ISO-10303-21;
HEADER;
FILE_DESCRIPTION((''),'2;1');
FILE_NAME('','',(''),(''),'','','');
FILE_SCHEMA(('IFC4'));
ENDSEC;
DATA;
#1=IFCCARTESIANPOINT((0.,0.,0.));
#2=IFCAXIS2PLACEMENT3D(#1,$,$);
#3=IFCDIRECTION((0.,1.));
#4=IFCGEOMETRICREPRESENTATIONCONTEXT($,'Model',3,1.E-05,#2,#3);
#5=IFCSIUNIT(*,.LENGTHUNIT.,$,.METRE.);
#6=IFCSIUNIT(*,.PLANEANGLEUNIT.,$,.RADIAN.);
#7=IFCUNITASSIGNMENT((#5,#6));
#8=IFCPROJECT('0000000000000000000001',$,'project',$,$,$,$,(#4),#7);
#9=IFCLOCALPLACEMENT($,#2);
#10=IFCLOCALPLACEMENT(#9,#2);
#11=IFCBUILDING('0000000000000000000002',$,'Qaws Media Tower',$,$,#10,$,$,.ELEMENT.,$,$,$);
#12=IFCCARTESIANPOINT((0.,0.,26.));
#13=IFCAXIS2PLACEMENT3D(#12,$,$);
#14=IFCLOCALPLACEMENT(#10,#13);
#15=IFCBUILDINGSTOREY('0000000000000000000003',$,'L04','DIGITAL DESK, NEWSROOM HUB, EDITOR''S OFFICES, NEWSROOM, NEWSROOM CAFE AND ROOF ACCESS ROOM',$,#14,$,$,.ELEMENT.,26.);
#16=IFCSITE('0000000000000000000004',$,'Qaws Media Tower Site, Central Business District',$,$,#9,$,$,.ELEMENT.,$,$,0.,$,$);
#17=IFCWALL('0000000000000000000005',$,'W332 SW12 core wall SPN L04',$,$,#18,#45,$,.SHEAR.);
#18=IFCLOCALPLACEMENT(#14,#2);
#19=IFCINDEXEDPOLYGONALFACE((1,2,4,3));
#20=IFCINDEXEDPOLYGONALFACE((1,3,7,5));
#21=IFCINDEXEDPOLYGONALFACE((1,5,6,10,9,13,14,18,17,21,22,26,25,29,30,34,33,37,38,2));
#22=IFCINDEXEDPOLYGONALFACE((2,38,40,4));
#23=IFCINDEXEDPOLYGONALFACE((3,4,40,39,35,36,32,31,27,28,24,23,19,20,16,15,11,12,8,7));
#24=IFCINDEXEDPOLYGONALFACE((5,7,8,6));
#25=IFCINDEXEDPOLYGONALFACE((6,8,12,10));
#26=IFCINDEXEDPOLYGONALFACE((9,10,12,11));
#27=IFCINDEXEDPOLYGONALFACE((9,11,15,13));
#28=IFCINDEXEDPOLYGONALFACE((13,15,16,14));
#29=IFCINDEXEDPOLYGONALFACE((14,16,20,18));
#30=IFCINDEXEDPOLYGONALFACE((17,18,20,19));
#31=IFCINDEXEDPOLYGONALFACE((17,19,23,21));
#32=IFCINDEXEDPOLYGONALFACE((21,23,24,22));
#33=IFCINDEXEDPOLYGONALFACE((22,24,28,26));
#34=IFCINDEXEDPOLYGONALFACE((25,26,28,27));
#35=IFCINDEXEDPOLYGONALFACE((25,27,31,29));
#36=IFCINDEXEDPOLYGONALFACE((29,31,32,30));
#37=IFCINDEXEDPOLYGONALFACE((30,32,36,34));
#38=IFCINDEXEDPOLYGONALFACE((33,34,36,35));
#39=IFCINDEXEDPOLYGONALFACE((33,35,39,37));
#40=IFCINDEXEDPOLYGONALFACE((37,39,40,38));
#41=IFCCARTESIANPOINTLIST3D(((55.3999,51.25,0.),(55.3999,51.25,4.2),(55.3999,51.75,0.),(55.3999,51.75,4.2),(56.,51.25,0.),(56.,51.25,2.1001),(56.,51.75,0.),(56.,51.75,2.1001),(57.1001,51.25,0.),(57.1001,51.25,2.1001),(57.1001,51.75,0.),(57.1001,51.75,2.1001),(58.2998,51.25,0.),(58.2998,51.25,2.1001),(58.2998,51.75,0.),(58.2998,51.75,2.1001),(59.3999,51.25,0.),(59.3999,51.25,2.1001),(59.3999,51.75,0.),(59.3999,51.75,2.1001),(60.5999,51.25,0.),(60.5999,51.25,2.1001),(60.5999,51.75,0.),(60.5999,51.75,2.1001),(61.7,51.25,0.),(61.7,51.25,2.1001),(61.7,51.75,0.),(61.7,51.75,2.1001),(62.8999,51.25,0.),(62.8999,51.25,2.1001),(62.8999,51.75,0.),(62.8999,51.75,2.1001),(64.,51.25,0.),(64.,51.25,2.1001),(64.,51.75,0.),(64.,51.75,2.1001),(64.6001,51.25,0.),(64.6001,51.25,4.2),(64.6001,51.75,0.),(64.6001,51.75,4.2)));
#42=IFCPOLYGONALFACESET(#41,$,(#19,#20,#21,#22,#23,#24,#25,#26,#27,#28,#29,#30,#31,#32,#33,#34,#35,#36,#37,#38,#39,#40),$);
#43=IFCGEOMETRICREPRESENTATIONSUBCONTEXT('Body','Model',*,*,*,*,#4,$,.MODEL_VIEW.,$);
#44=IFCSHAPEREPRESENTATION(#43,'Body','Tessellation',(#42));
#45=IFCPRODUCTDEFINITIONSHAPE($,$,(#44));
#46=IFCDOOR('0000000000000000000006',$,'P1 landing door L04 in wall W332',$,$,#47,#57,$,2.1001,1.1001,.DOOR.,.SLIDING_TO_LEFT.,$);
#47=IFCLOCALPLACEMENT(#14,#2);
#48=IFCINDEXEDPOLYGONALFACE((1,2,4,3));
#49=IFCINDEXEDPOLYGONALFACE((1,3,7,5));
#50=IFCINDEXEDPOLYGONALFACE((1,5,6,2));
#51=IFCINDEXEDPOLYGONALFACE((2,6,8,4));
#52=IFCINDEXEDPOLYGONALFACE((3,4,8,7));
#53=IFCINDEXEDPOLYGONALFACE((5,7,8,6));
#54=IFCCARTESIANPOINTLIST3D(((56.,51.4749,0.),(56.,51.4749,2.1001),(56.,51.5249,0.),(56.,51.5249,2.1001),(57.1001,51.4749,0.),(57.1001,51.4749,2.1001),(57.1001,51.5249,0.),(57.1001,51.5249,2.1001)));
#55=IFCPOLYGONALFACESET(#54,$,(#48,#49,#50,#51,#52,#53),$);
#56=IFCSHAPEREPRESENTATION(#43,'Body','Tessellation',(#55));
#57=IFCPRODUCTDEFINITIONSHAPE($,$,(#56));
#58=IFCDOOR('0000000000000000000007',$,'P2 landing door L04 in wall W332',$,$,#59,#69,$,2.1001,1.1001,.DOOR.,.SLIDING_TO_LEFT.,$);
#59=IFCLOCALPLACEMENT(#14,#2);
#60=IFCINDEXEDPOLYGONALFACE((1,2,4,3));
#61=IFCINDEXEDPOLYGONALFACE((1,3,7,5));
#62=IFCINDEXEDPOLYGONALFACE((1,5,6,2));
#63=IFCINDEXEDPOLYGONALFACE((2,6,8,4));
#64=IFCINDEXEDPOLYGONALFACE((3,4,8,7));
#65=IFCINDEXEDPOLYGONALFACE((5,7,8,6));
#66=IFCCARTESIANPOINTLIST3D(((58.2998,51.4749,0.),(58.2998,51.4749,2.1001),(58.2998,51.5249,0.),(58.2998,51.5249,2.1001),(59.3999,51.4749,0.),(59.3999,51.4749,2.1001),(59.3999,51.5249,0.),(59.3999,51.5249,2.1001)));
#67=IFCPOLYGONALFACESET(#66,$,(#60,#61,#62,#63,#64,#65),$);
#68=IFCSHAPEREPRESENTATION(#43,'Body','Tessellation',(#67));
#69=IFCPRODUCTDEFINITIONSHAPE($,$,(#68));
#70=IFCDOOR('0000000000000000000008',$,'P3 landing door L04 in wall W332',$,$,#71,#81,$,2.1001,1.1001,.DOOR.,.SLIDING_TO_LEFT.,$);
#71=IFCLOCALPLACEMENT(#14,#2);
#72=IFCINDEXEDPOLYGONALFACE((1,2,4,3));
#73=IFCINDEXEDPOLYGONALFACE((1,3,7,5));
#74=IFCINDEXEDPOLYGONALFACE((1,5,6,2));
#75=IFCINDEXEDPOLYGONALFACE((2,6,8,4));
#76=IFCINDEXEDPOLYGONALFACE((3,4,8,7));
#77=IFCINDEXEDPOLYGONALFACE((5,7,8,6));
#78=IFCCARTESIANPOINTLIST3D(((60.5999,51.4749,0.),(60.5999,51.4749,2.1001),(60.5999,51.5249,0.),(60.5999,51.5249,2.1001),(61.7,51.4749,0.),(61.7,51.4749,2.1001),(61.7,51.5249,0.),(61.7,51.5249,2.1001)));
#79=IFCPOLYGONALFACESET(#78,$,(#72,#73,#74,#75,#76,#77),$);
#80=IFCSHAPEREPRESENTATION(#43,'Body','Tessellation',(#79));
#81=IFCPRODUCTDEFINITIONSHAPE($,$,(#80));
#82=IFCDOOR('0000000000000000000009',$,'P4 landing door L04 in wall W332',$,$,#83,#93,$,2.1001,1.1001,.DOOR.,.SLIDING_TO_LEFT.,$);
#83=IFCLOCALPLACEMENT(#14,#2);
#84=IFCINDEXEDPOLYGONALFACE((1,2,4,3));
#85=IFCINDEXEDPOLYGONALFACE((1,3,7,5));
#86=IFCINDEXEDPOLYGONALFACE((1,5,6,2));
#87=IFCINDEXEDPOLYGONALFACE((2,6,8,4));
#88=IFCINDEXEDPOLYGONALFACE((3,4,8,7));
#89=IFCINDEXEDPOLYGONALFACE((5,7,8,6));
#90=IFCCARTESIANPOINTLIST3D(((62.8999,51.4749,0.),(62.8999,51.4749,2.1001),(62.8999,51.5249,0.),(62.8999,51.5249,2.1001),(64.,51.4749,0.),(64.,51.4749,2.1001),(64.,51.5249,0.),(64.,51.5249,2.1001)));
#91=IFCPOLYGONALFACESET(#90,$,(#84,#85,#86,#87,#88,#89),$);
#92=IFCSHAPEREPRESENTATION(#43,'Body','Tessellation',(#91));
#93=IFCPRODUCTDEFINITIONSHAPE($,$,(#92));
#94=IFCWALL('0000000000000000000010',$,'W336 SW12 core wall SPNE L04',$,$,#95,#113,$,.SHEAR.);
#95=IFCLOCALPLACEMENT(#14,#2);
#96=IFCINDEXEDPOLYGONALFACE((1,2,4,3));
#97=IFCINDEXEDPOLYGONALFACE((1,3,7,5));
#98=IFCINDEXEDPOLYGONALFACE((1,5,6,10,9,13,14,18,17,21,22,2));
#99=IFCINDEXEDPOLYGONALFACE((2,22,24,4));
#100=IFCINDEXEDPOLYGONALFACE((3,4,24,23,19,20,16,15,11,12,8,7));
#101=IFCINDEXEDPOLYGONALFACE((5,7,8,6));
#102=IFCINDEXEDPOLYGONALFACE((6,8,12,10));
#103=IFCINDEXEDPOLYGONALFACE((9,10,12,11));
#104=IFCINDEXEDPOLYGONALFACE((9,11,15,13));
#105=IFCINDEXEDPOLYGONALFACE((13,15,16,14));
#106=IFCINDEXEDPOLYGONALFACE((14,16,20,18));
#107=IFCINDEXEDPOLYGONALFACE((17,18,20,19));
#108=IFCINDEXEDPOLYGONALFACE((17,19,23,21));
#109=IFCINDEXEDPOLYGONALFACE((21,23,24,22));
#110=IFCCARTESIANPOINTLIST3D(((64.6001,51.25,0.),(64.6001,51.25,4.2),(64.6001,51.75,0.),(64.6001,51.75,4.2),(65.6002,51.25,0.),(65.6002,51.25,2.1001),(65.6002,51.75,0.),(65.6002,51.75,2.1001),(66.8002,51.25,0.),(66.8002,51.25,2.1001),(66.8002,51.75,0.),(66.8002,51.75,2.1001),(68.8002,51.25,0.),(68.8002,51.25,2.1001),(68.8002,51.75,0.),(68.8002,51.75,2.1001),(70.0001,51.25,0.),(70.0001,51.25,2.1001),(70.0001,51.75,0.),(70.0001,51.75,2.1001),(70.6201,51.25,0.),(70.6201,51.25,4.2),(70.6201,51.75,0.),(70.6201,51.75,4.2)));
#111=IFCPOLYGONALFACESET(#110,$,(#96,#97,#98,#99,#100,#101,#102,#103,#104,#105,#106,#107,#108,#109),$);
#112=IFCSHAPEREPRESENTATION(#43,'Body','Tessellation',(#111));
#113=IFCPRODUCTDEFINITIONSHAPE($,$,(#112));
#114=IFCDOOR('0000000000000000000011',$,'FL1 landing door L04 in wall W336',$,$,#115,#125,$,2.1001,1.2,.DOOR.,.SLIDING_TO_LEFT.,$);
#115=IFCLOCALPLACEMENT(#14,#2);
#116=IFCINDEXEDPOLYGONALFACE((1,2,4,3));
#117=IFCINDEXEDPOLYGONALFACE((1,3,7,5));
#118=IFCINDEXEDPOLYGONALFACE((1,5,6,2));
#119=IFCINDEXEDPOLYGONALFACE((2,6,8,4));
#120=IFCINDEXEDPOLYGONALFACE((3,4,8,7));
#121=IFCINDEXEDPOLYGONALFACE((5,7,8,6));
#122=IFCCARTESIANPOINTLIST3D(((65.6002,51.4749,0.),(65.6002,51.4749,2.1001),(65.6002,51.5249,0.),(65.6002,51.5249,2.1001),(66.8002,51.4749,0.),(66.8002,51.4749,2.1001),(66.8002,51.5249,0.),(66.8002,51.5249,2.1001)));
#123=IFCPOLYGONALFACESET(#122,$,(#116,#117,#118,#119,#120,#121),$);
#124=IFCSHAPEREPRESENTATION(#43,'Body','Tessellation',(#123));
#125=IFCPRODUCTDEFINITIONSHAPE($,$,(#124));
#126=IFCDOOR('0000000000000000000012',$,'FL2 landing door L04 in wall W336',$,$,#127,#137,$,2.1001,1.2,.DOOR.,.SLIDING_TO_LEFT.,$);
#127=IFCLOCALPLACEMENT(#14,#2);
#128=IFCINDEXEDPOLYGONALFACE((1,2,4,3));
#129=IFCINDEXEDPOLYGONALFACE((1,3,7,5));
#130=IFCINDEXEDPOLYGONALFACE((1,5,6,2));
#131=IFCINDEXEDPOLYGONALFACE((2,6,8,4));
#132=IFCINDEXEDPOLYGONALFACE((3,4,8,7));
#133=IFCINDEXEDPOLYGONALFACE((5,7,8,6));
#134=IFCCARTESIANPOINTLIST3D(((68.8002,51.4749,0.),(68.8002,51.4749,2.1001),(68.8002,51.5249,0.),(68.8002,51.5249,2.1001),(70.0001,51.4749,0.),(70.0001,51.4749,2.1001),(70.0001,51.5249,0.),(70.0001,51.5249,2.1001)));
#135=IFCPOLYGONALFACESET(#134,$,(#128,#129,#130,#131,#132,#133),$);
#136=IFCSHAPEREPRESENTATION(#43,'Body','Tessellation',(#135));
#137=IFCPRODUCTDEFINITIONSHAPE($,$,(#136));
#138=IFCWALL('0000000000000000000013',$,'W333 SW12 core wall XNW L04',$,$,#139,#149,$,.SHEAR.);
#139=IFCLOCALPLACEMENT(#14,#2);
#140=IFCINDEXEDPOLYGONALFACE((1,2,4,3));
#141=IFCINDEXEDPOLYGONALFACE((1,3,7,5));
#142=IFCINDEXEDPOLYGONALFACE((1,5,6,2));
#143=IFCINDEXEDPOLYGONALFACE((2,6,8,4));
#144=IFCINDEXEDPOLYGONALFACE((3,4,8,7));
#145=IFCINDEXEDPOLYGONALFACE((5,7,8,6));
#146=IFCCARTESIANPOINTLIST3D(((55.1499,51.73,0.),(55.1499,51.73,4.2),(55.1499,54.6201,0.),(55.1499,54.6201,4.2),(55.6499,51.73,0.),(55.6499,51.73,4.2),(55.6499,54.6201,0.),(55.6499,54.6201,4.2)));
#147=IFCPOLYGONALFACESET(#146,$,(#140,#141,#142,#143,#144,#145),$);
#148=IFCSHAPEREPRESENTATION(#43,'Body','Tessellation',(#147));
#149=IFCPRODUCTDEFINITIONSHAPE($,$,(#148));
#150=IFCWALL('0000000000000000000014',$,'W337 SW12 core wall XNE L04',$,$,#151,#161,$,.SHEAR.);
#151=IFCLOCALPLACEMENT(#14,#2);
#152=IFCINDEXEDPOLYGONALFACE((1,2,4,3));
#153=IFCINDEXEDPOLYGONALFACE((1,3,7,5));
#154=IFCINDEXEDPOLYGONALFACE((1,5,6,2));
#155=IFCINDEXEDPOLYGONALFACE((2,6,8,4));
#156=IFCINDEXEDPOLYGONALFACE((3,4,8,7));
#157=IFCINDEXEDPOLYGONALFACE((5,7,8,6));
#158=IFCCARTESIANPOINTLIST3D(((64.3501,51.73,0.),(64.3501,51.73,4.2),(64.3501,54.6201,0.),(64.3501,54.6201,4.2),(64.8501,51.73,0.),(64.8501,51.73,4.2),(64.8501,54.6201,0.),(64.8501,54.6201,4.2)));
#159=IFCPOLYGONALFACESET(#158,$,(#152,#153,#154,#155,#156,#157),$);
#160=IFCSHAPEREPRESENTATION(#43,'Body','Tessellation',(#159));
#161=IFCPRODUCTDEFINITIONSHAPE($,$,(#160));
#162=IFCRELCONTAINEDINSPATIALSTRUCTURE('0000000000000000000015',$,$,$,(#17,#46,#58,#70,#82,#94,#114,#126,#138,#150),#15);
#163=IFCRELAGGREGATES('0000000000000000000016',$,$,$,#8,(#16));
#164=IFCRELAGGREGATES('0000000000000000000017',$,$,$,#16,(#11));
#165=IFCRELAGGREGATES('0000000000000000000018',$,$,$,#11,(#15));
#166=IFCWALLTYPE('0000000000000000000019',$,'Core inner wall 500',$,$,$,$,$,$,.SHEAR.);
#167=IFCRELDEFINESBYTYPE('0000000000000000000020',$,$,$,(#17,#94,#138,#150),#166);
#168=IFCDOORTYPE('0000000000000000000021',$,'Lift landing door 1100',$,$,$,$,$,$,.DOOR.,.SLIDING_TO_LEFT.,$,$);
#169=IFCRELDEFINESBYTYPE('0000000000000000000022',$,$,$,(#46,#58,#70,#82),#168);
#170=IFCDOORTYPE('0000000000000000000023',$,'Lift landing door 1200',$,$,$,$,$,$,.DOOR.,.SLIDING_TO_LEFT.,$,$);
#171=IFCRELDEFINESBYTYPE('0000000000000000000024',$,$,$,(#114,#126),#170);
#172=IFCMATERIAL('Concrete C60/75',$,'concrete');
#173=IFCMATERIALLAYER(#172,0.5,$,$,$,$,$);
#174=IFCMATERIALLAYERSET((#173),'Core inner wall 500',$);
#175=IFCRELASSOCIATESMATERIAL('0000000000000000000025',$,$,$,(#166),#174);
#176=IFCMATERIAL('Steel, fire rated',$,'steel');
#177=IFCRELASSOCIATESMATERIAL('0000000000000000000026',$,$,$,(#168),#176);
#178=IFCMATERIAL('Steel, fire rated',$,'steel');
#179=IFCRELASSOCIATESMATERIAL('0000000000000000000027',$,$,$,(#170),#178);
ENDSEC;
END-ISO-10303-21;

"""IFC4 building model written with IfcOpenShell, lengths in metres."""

from ifc_helpers import new_model, si_unit, direction, frame, frame_2d, origin, place, context, subcontext, project, spatial, rectangle, extrude, material, layer, layer_set, type_object, element, fill, save


model = new_model("IFC4")

# Units and contexts
model_context = context("Model", 3, precision=1e-05, world=origin(), true_north=direction((0.0, 1.0)))
body_context = subcontext(model_context, "Body", "Model", "MODEL_VIEW")
ifc_project = project(units=[si_unit("LENGTHUNIT", "METRE"), si_unit("PLANEANGLEUNIT", "RADIAN")], contexts=[model_context])

# Site, building, storey
site_placement = place(None, origin())
site = spatial("IfcSite", under=ifc_project, at=site_placement, Name="Qaws Media Tower Site, Central Business District", CompositionType="ELEMENT", RefElevation=0.0)
building_placement = place(site_placement, origin())
building = spatial("IfcBuilding", under=site, at=building_placement, Name="Qaws Media Tower", CompositionType="ELEMENT")
storey_placement = place(building_placement, frame((0.0, 0.0, 26.0)))
storey = spatial("IfcBuildingStorey", under=building, at=storey_placement, Name="L04", Description="DIGITAL DESK, NEWSROOM HUB, EDITOR'S OFFICES, NEWSROOM, NEWSROOM CAFE AND ROOF ACCESS ROOM", CompositionType="ELEMENT", Elevation=26.0)

# Walls, openings, doors
ifc_material_1 = material(Name="Concrete C60/75", Category="concrete")
ifc_layer_1 = layer(ifc_material_1, 0.5)
ifc_layer_set_1 = layer_set([ifc_layer_1], Name="Core inner wall 500")
wall_type_1 = type_object("IfcWallType", Name="Core inner wall 500", PredefinedType="SHEAR", material=ifc_layer_set_1)
wall_1_placement = place(storey_placement, frame((55.3999, 51.5, 0.0), z_axis=(0.0, 0.0, 1.0), x_axis=(1.0, 0.0, 0.0)))
wall_1 = element("IfcWall", 1, at=wall_1_placement, inside=storey, type_object=wall_type_1, Name="W332 SW12 core wall SPN L04", PredefinedType="SHEAR", context=body_context, shape_type="SweptSolid", body=[
    extrude(rectangle(XDim=9.2002, YDim=0.5, at=frame_2d((4.6001, 0.0))), origin(), (0.0, 0.0, 1.0), 4.2),
])
opening_1_placement = place(wall_1_placement, frame((0.6001, 0.0, 0.0)))
opening_1 = element("IfcOpeningElement", 2, at=opening_1_placement, cuts=wall_1, PredefinedType="OPENING", context=body_context, shape_type="SweptSolid", body=[
    extrude(rectangle(XDim=1.1001, YDim=2.1001, at=frame_2d((0.55, 1.05))), frame((0.0, 0.26, 0.0), z_axis=(0.0, -1.0, 0.0), x_axis=(1.0, 0.0, 0.0)), (0.0, 0.0, 1.0), 0.52),
])
opening_2_placement = place(wall_1_placement, frame((2.8999, 0.0, 0.0)))
opening_2 = element("IfcOpeningElement", 3, at=opening_2_placement, cuts=wall_1, PredefinedType="OPENING", context=body_context, shape_type="SweptSolid", body=[
    extrude(rectangle(XDim=1.1001, YDim=2.1001, at=frame_2d((0.55, 1.05))), frame((0.0, 0.26, 0.0), z_axis=(0.0, -1.0, 0.0), x_axis=(1.0, 0.0, 0.0)), (0.0, 0.0, 1.0), 0.52),
])
opening_3_placement = place(wall_1_placement, frame((5.2, 0.0, 0.0)))
opening_3 = element("IfcOpeningElement", 4, at=opening_3_placement, cuts=wall_1, PredefinedType="OPENING", context=body_context, shape_type="SweptSolid", body=[
    extrude(rectangle(XDim=1.1001, YDim=2.1001, at=frame_2d((0.55, 1.05))), frame((0.0, 0.26, 0.0), z_axis=(0.0, -1.0, 0.0), x_axis=(1.0, 0.0, 0.0)), (0.0, 0.0, 1.0), 0.52),
])
opening_4_placement = place(wall_1_placement, frame((7.5, 0.0, 0.0)))
opening_4 = element("IfcOpeningElement", 5, at=opening_4_placement, cuts=wall_1, PredefinedType="OPENING", context=body_context, shape_type="SweptSolid", body=[
    extrude(rectangle(XDim=1.1001, YDim=2.1001, at=frame_2d((0.55, 1.05))), frame((0.0, 0.26, 0.0), z_axis=(0.0, -1.0, 0.0), x_axis=(1.0, 0.0, 0.0)), (0.0, 0.0, 1.0), 0.52),
])
ifc_material_2 = material(Name="Steel, fire rated", Category="steel")
door_type_1 = type_object("IfcDoorType", Name="Lift landing door 1100", OperationType="SLIDING_TO_LEFT", PredefinedType="DOOR", material=ifc_material_2)
door_1_placement = place(opening_1_placement, origin())
door_1 = element("IfcDoor", 6, at=door_1_placement, inside=storey, type_object=door_type_1, Name="P1 landing door L04 in wall W332", OperationType="SLIDING_TO_LEFT", OverallHeight=2.1001, OverallWidth=1.1001, PredefinedType="DOOR", context=body_context, shape_type="SweptSolid", body=[
    extrude(rectangle(XDim=1.1001, YDim=2.1001, at=frame_2d((0.55, 1.05))), frame((0.0, 0.0249, 0.0), z_axis=(0.0, -1.0, 0.0), x_axis=(1.0, 0.0, 0.0)), (0.0, 0.0, 1.0), 0.05),
])
fill(opening_1, door_1)
door_2_placement = place(opening_2_placement, origin())
door_2 = element("IfcDoor", 7, at=door_2_placement, inside=storey, type_object=door_type_1, Name="P2 landing door L04 in wall W332", OperationType="SLIDING_TO_LEFT", OverallHeight=2.1001, OverallWidth=1.1001, PredefinedType="DOOR", context=body_context, shape_type="SweptSolid", body=[
    extrude(rectangle(XDim=1.1001, YDim=2.1001, at=frame_2d((0.55, 1.05))), frame((0.0, 0.0249, 0.0), z_axis=(0.0, -1.0, 0.0), x_axis=(1.0, 0.0, 0.0)), (0.0, 0.0, 1.0), 0.05),
])
fill(opening_2, door_2)
door_3_placement = place(opening_3_placement, origin())
door_3 = element("IfcDoor", 8, at=door_3_placement, inside=storey, type_object=door_type_1, Name="P3 landing door L04 in wall W332", OperationType="SLIDING_TO_LEFT", OverallHeight=2.1001, OverallWidth=1.1001, PredefinedType="DOOR", context=body_context, shape_type="SweptSolid", body=[
    extrude(rectangle(XDim=1.1001, YDim=2.1001, at=frame_2d((0.55, 1.05))), frame((0.0, 0.0249, 0.0), z_axis=(0.0, -1.0, 0.0), x_axis=(1.0, 0.0, 0.0)), (0.0, 0.0, 1.0), 0.05),
])
fill(opening_3, door_3)
door_4_placement = place(opening_4_placement, origin())
door_4 = element("IfcDoor", 9, at=door_4_placement, inside=storey, type_object=door_type_1, Name="P4 landing door L04 in wall W332", OperationType="SLIDING_TO_LEFT", OverallHeight=2.1001, OverallWidth=1.1001, PredefinedType="DOOR", context=body_context, shape_type="SweptSolid", body=[
    extrude(rectangle(XDim=1.1001, YDim=2.1001, at=frame_2d((0.55, 1.05))), frame((0.0, 0.0249, 0.0), z_axis=(0.0, -1.0, 0.0), x_axis=(1.0, 0.0, 0.0)), (0.0, 0.0, 1.0), 0.05),
])
fill(opening_4, door_4)
wall_2_placement = place(storey_placement, frame((64.6001, 51.5, 0.0), z_axis=(0.0, 0.0, 1.0), x_axis=(1.0, 0.0, 0.0)))
wall_2 = element("IfcWall", 10, at=wall_2_placement, inside=storey, type_object=wall_type_1, Name="W336 SW12 core wall SPNE L04", PredefinedType="SHEAR", context=body_context, shape_type="SweptSolid", body=[
    extrude(rectangle(XDim=6.02, YDim=0.5, at=frame_2d((3.01, 0.0))), origin(), (0.0, 0.0, 1.0), 4.2),
])
opening_5_placement = place(wall_2_placement, frame((1.0, 0.0, 0.0)))
opening_5 = element("IfcOpeningElement", 11, at=opening_5_placement, cuts=wall_2, PredefinedType="OPENING", context=body_context, shape_type="SweptSolid", body=[
    extrude(rectangle(XDim=1.2, YDim=2.1001, at=frame_2d((0.6001, 1.05))), frame((0.0, 0.26, 0.0), z_axis=(0.0, -1.0, 0.0), x_axis=(1.0, 0.0, 0.0)), (0.0, 0.0, 1.0), 0.52),
])
opening_6_placement = place(wall_2_placement, frame((4.2, 0.0, 0.0)))
opening_6 = element("IfcOpeningElement", 12, at=opening_6_placement, cuts=wall_2, PredefinedType="OPENING", context=body_context, shape_type="SweptSolid", body=[
    extrude(rectangle(XDim=1.2, YDim=2.1001, at=frame_2d((0.6001, 1.05))), frame((0.0, 0.26, 0.0), z_axis=(0.0, -1.0, 0.0), x_axis=(1.0, 0.0, 0.0)), (0.0, 0.0, 1.0), 0.52),
])
ifc_material_3 = material(Name="Steel, fire rated", Category="steel")
door_type_2 = type_object("IfcDoorType", Name="Lift landing door 1200", OperationType="SLIDING_TO_LEFT", PredefinedType="DOOR", material=ifc_material_3)
door_5_placement = place(opening_5_placement, origin())
door_5 = element("IfcDoor", 13, at=door_5_placement, inside=storey, type_object=door_type_2, Name="FL1 landing door L04 in wall W336", OperationType="SLIDING_TO_LEFT", OverallHeight=2.1001, OverallWidth=1.2, PredefinedType="DOOR", context=body_context, shape_type="SweptSolid", body=[
    extrude(rectangle(XDim=1.2, YDim=2.1001, at=frame_2d((0.6001, 1.05))), frame((0.0, 0.0249, 0.0), z_axis=(0.0, -1.0, 0.0), x_axis=(1.0, 0.0, 0.0)), (0.0, 0.0, 1.0), 0.05),
])
fill(opening_5, door_5)
door_6_placement = place(opening_6_placement, origin())
door_6 = element("IfcDoor", 14, at=door_6_placement, inside=storey, type_object=door_type_2, Name="FL2 landing door L04 in wall W336", OperationType="SLIDING_TO_LEFT", OverallHeight=2.1001, OverallWidth=1.2, PredefinedType="DOOR", context=body_context, shape_type="SweptSolid", body=[
    extrude(rectangle(XDim=1.2, YDim=2.1001, at=frame_2d((0.6001, 1.05))), frame((0.0, 0.0249, 0.0), z_axis=(0.0, -1.0, 0.0), x_axis=(1.0, 0.0, 0.0)), (0.0, 0.0, 1.0), 0.05),
])
fill(opening_6, door_6)

# Walls
for number, where, z_axis, x_axis, name in (
    (15, (55.3999, 51.73, 0.0), (0.0, 0.0, 1.0), (0.0, 1.0, 0.0), "W333 SW12 core wall XNW L04"),
    (16, (64.6001, 51.73, 0.0), (0.0, 0.0, 1.0), (0.0, 1.0, 0.0), "W337 SW12 core wall XNE L04"),
):
    element("IfcWall", number, at=place(storey_placement, frame(where, z_axis=z_axis, x_axis=x_axis)), inside=storey, type_object=wall_type_1, Name=name, PredefinedType="SHEAR", context=body_context, shape_type="SweptSolid", body=[
        extrude(rectangle(XDim=2.8901, YDim=0.5, at=frame_2d((1.4451, 0.0))), origin(), (0.0, 0.0, 1.0), 4.2),
    ])

save(model, "model.ifc")
